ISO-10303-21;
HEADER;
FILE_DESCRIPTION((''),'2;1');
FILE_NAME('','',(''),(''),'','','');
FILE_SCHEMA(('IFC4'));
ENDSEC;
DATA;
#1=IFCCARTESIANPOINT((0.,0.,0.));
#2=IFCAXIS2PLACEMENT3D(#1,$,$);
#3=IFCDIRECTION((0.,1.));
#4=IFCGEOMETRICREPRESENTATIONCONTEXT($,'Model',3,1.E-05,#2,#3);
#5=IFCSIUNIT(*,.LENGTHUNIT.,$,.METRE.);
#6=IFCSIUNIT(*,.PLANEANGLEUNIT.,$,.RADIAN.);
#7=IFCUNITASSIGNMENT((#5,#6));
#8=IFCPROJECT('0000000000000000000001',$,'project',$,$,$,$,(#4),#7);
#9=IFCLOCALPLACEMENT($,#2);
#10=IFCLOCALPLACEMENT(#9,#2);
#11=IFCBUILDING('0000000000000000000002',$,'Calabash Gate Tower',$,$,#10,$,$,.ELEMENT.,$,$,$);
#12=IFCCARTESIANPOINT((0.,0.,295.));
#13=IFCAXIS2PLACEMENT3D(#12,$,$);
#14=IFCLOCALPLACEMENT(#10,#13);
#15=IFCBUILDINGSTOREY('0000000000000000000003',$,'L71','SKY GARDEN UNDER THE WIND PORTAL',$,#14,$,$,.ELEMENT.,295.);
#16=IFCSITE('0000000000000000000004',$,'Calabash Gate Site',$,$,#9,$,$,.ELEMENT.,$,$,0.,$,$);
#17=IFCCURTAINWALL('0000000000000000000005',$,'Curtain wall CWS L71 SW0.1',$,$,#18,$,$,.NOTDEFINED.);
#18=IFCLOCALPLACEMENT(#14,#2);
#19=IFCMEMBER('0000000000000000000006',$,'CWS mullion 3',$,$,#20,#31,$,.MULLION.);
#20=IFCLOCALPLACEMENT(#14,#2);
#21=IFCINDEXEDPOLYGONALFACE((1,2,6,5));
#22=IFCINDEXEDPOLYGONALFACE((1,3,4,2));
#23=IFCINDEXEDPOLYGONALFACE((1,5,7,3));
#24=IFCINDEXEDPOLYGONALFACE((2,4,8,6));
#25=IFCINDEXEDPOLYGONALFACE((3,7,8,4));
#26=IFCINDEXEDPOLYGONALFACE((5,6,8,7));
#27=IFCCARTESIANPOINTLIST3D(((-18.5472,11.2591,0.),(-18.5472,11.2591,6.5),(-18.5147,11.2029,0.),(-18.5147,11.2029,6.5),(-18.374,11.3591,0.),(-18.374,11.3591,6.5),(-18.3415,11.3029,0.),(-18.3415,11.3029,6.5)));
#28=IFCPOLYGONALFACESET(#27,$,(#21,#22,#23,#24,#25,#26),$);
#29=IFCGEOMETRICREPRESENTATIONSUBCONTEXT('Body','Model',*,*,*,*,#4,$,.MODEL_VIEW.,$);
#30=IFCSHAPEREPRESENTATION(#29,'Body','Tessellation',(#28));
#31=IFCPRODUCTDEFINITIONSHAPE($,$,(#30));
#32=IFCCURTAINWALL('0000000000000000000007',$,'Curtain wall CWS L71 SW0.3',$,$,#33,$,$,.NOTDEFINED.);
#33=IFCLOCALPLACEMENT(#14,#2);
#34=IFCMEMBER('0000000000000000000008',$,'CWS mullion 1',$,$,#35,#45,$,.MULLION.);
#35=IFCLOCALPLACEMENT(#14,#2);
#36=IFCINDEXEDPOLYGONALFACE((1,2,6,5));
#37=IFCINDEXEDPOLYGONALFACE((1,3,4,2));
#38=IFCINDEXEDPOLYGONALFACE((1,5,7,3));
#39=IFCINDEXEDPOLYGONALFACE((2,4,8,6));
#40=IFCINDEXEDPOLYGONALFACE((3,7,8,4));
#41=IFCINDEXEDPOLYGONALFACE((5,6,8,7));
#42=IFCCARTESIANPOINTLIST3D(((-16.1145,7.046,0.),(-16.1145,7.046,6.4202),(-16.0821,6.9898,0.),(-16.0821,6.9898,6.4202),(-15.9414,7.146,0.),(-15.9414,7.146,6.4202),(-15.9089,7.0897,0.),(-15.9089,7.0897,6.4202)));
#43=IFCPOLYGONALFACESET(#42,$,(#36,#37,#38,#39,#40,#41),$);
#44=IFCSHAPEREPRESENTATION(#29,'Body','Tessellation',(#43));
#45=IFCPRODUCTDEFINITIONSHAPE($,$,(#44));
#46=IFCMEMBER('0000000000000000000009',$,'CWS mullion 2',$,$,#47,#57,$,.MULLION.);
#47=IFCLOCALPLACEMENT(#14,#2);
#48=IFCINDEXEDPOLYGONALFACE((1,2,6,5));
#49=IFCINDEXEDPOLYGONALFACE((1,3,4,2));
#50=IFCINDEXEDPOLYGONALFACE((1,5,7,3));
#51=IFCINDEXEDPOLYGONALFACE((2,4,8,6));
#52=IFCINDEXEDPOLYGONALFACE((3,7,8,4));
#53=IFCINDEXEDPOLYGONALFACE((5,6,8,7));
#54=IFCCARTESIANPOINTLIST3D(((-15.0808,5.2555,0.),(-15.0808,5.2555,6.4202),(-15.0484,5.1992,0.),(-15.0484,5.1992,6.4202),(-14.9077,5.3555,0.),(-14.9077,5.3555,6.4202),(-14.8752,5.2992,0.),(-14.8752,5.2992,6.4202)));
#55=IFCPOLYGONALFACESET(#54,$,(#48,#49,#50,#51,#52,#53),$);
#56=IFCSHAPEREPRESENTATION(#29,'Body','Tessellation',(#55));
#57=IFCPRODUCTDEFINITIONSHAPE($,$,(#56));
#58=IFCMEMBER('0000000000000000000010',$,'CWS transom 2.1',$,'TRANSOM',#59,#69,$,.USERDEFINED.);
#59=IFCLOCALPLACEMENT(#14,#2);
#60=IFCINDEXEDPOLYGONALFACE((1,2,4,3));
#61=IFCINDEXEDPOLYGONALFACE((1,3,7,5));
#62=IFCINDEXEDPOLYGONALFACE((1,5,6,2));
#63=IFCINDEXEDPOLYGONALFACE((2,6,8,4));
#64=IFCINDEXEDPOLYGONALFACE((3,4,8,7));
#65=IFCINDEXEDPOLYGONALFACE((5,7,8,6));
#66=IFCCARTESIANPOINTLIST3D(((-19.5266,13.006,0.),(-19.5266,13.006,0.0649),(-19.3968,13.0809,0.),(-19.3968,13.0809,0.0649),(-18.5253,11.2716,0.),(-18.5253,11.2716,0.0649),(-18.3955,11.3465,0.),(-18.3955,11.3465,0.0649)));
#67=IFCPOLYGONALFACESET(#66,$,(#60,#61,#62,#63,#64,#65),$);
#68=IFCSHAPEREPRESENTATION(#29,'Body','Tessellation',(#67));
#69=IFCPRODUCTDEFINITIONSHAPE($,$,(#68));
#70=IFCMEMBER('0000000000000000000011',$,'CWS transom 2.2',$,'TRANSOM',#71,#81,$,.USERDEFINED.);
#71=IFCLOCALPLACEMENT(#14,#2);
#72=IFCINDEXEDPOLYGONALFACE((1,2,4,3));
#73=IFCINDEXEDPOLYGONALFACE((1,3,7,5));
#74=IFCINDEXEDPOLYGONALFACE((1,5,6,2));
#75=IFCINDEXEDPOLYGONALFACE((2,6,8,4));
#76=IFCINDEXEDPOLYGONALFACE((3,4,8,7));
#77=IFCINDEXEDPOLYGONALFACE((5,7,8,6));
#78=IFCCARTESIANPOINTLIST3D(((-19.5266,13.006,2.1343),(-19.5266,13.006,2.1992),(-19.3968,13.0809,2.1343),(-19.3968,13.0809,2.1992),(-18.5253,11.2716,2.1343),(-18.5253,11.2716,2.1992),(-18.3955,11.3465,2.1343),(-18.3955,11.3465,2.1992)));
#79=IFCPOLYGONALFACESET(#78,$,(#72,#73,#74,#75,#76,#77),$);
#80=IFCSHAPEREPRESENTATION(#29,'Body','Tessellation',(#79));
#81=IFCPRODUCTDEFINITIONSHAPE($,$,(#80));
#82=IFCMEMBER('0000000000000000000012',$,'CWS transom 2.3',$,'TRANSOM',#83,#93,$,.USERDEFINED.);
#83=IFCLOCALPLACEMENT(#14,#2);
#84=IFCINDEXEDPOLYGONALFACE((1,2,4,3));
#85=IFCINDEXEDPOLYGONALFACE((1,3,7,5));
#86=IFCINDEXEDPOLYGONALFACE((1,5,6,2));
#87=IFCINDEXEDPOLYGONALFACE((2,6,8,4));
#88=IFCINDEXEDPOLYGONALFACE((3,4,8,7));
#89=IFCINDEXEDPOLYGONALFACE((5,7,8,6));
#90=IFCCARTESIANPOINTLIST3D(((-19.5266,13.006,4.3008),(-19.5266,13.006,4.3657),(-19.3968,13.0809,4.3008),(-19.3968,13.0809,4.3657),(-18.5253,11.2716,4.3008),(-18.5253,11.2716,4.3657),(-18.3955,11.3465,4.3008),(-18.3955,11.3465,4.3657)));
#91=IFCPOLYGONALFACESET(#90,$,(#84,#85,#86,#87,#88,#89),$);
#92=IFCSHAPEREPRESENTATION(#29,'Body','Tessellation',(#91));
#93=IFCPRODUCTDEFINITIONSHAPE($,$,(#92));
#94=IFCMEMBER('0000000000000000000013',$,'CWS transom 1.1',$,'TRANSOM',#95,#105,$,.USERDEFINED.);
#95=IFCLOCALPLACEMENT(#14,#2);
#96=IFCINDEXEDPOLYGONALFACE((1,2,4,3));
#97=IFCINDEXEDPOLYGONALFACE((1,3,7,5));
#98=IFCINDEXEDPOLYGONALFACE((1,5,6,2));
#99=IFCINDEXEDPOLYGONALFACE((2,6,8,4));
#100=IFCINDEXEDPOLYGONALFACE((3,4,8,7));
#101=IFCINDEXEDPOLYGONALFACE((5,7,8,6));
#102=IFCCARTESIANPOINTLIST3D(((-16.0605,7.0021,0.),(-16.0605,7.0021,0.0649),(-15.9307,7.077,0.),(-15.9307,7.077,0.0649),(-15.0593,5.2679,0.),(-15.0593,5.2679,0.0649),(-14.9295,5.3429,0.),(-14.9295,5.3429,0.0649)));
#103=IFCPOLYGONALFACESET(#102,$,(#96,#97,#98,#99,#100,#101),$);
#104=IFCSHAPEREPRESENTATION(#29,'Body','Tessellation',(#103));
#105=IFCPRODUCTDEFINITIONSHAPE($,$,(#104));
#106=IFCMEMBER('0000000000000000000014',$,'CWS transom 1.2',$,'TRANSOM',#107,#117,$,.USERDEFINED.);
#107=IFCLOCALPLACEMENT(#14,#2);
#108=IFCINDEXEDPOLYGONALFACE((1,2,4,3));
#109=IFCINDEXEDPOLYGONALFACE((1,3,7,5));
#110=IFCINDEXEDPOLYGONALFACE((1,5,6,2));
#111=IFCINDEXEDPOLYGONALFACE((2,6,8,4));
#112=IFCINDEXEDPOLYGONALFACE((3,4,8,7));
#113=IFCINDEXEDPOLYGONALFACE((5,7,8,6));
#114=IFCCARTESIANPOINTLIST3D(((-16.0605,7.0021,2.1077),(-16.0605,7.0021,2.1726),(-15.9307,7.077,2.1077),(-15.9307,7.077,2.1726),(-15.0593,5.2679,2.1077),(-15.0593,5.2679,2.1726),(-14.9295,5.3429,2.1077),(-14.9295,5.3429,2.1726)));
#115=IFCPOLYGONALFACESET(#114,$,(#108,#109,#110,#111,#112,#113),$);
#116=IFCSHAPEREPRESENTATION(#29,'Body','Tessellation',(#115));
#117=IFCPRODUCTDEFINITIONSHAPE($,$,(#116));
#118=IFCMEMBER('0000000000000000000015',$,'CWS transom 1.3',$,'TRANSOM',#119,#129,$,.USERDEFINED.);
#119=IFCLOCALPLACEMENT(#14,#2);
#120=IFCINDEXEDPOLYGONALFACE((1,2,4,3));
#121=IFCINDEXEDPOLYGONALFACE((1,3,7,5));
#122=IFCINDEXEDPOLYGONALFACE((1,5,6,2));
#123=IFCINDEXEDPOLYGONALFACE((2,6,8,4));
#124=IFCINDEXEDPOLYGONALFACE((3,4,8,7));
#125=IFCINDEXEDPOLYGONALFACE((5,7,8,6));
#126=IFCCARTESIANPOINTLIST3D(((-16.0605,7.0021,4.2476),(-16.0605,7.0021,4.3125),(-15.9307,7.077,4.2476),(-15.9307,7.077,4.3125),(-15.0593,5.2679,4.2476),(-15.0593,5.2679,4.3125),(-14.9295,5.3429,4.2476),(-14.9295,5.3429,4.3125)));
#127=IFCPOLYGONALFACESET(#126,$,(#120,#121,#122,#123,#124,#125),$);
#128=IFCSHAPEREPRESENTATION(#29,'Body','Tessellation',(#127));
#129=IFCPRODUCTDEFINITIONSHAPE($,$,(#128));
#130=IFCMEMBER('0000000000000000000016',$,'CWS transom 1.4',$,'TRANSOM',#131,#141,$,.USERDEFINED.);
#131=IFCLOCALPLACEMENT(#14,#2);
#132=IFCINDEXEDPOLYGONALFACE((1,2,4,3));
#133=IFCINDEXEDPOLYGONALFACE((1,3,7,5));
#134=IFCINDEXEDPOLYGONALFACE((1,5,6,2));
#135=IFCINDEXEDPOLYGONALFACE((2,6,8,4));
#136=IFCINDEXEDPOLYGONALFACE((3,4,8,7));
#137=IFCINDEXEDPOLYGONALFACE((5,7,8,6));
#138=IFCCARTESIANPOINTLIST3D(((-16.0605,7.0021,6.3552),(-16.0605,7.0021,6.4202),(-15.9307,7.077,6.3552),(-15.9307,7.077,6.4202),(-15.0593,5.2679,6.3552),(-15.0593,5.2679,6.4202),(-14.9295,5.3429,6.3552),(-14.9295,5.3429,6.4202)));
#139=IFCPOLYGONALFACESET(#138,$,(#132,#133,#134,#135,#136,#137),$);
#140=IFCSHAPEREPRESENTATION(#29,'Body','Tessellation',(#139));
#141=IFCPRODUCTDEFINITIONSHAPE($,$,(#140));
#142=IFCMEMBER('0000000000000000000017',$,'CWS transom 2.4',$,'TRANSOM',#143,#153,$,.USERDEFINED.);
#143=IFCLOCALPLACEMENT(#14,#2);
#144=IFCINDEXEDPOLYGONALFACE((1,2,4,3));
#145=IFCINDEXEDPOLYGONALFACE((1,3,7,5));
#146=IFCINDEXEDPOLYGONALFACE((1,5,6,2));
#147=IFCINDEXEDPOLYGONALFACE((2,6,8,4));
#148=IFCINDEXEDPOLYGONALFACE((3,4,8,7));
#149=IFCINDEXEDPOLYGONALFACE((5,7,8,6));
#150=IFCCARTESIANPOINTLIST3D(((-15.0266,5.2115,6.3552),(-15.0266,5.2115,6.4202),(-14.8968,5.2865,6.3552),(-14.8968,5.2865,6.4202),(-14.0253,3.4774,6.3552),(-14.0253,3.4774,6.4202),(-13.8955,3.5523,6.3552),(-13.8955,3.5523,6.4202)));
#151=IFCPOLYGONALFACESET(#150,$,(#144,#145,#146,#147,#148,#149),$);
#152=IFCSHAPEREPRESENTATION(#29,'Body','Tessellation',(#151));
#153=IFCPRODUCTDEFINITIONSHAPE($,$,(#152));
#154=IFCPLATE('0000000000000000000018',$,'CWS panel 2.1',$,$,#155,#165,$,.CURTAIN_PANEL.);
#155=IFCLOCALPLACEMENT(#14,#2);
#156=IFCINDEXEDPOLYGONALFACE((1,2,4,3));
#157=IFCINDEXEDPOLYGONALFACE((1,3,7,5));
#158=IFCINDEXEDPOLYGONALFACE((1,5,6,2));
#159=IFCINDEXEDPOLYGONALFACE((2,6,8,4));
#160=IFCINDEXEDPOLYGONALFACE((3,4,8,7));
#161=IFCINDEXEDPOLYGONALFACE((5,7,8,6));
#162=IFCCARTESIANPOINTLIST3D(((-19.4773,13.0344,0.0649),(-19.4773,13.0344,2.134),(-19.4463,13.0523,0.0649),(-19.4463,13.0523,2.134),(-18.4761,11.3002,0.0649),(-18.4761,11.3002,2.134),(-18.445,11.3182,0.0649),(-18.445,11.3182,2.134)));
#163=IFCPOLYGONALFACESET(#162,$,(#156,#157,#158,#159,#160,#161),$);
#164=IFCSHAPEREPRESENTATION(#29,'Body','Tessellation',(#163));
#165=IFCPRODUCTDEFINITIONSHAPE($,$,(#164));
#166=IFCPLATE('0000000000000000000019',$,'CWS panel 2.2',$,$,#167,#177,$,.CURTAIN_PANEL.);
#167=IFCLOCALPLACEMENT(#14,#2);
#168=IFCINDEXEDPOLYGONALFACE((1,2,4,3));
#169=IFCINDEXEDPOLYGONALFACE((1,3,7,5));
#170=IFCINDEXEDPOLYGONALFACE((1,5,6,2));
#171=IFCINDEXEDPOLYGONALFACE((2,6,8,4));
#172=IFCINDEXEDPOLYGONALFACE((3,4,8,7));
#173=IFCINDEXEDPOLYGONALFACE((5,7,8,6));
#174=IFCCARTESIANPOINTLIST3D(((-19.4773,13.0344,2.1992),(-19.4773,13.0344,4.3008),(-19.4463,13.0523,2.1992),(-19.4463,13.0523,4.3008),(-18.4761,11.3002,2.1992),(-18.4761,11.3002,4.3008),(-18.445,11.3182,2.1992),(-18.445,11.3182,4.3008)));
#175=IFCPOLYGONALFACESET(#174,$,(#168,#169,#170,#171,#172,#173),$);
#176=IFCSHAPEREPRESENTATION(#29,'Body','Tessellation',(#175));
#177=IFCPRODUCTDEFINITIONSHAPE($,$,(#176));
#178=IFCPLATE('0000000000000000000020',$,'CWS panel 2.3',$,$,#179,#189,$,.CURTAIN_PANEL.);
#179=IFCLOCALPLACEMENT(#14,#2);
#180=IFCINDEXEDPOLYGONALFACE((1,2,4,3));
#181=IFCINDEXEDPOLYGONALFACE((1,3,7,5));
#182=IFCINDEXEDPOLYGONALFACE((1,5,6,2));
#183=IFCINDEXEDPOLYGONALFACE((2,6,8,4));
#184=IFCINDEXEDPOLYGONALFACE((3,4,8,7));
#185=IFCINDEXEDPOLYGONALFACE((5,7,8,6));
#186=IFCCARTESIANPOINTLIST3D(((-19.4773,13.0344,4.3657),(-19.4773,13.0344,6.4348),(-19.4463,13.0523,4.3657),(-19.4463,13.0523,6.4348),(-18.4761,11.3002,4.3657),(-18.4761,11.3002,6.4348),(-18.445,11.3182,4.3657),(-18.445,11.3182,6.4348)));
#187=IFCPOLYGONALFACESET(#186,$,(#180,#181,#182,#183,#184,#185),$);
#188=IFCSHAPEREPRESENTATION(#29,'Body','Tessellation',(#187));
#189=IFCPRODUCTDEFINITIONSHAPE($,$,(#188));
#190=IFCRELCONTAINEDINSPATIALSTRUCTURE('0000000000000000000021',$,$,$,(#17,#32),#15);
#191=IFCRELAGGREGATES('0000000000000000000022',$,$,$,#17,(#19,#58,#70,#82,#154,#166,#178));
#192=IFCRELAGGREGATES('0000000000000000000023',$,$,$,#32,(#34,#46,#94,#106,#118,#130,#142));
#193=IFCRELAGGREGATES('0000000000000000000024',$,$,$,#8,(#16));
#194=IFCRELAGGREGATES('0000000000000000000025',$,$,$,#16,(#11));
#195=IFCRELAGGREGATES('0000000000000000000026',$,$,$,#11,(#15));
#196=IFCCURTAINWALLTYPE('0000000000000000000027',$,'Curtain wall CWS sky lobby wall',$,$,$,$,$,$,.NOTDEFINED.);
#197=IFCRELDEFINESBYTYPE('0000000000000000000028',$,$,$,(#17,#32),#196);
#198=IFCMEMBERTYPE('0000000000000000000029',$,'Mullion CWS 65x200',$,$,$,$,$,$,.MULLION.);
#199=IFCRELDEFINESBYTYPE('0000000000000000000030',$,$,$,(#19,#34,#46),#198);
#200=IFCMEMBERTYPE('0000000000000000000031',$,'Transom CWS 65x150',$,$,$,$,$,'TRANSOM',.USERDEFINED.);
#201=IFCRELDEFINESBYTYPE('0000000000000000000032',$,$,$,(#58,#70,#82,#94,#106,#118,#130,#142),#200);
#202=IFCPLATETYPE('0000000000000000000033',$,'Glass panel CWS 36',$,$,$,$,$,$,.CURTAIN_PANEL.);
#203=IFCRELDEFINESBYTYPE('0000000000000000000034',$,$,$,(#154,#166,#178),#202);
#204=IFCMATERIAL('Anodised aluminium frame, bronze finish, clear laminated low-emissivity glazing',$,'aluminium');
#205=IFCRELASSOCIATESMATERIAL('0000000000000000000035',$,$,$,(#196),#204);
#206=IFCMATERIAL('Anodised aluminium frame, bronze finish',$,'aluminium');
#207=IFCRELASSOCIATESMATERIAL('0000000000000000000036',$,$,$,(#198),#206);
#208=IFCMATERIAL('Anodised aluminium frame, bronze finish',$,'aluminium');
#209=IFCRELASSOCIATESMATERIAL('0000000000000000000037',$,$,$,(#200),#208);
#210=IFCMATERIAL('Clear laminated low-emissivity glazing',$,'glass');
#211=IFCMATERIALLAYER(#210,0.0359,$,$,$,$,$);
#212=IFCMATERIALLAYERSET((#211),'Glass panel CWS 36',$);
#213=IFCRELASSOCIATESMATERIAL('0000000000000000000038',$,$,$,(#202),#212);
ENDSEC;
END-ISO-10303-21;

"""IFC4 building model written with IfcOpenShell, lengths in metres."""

from ifc_helpers import new_model, si_unit, direction, frame, origin, origin_2d, place, context, subcontext, project, spatial, rectangle, extrude, material, layer, layer_set, material_profile, profile_set, type_object, element, aggregate, save


model = new_model("IFC4")

# Units and contexts
model_context = context("Model", 3, precision=1e-05, world=origin(), true_north=direction((0.0, 1.0)))
body_context = subcontext(model_context, "Body", "Model", "MODEL_VIEW")
ifc_project = project(units=[si_unit("LENGTHUNIT", "METRE"), si_unit("PLANEANGLEUNIT", "RADIAN")], contexts=[model_context])

# Site, building, storey
site_placement = place(None, origin())
site = spatial("IfcSite", under=ifc_project, at=site_placement, Name="Calabash Gate Site", CompositionType="ELEMENT", RefElevation=0.0)
building_placement = place(site_placement, origin())
building = spatial("IfcBuilding", under=site, at=building_placement, Name="Calabash Gate Tower", CompositionType="ELEMENT")
storey_placement = place(building_placement, frame((0.0, 0.0, 295.0)))
storey = spatial("IfcBuildingStorey", under=building, at=storey_placement, Name="L71", Description="SKY GARDEN UNDER THE WIND PORTAL", CompositionType="ELEMENT", Elevation=295.0)

# Curtain wall, member
ifc_material_1 = material(Name="Anodised aluminium frame, bronze finish, clear laminated low-emissivity glazing", Category="aluminium")
curtain_wall_type = type_object("IfcCurtainWallType", Name="Curtain wall CWS sky lobby wall", PredefinedType="NOTDEFINED", material=ifc_material_1)
curtain_wall_1_placement = place(storey_placement, origin())
curtain_wall_1 = element("IfcCurtainWall", 1, at=curtain_wall_1_placement, inside=storey, type_object=curtain_wall_type, Name="Curtain wall CWS L71 SW0.1", PredefinedType="NOTDEFINED")
ifc_material_2 = material(Name="Anodised aluminium frame, bronze finish", Category="aluminium")
ifc_material_profile_1 = material_profile(ifc_material_2, rectangle(XDim=0.2, YDim=0.0649, at=origin_2d()))
ifc_profile_set_1 = profile_set([ifc_material_profile_1], Name="Anodised aluminium frame, bronze finish")
member_type_1 = type_object("IfcMemberType", Name="Mullion CWS 65x200", PredefinedType="MULLION", material=ifc_profile_set_1)
member_1_placement = place(storey_placement, frame((-18.4443, 11.281, 0.0), z_axis=(0.0, 0.0, 1.0), x_axis=(0.866025, 0.5, 0.0)))
member_1 = element("IfcMember", 2, at=member_1_placement, type_object=member_type_1, Name="CWS mullion 3", PredefinedType="MULLION", context=body_context, shape_type="SweptSolid", body=[
    extrude(rectangle(XDim=0.2, YDim=0.0649, at=origin_2d()), origin(), (0.0, 0.0, 1.0), 6.5),
])

# Curtain wall, members
curtain_wall_2_placement = place(storey_placement, origin())
curtain_wall_2 = element("IfcCurtainWall", 3, at=curtain_wall_2_placement, inside=storey, type_object=curtain_wall_type, Name="Curtain wall CWS L71 SW0.3", PredefinedType="NOTDEFINED")
member_2_placement = place(storey_placement, frame((-16.0117, 7.0679, 0.0), z_axis=(0.0, 0.0, 1.0), x_axis=(0.866025, 0.5, 0.0)))
member_2 = element("IfcMember", 4, at=member_2_placement, type_object=member_type_1, Name="CWS mullion 1", PredefinedType="MULLION", context=body_context, shape_type="SweptSolid", body=[
    extrude(rectangle(XDim=0.2, YDim=0.0649, at=origin_2d()), origin(), (0.0, 0.0, 1.0), 6.4202),
])
member_3_placement = place(storey_placement, frame((-14.978, 5.2773, 0.0), z_axis=(0.0, 0.0, 1.0), x_axis=(0.866025, 0.5, 0.0)))
member_3 = element("IfcMember", 5, at=member_3_placement, type_object=member_type_1, Name="CWS mullion 2", PredefinedType="MULLION", context=body_context, shape_type="SweptSolid", body=[
    extrude(rectangle(XDim=0.2, YDim=0.0649, at=origin_2d()), origin(), (0.0, 0.0, 1.0), 6.4202),
])

# Members
ifc_material_3 = material(Name="Anodised aluminium frame, bronze finish", Category="aluminium")
ifc_material_profile_2 = material_profile(ifc_material_3, rectangle(XDim=0.1499, YDim=0.0649, at=origin_2d()))
ifc_profile_set_2 = profile_set([ifc_material_profile_2], Name="Anodised aluminium frame, bronze finish")
member_type_2 = type_object("IfcMemberType", Name="Transom CWS 65x150", ElementType="TRANSOM", PredefinedType="USERDEFINED", material=ifc_profile_set_2)
member_4_placement = place(storey_placement, frame((-19.4617, 13.0435, 0.0325), z_axis=(0.499955, -0.866052, 0.0), x_axis=(0.866052, 0.499955, 0.0)))
member_4 = element("IfcMember", 6, at=member_4_placement, type_object=member_type_2, Name="CWS transom 2.1", ObjectType="TRANSOM", PredefinedType="USERDEFINED", context=body_context, shape_type="SweptSolid", body=[
    extrude(rectangle(XDim=0.1499, YDim=0.0649, at=origin_2d()), origin(), (0.0, 0.0, 1.0), 2.0027),
])
member_5_placement = place(storey_placement, frame((-19.4617, 13.0435, 2.1667), z_axis=(0.499955, -0.866052, 0.0), x_axis=(0.866052, 0.499955, 0.0)))
member_5 = element("IfcMember", 7, at=member_5_placement, type_object=member_type_2, Name="CWS transom 2.2", ObjectType="TRANSOM", PredefinedType="USERDEFINED", context=body_context, shape_type="SweptSolid", body=[
    extrude(rectangle(XDim=0.1499, YDim=0.0649, at=origin_2d()), origin(), (0.0, 0.0, 1.0), 2.0027),
])
member_6_placement = place(storey_placement, frame((-19.4617, 13.0435, 4.3333), z_axis=(0.499955, -0.866052, 0.0), x_axis=(0.866052, 0.499955, 0.0)))
member_6 = element("IfcMember", 8, at=member_6_placement, type_object=member_type_2, Name="CWS transom 2.3", ObjectType="TRANSOM", PredefinedType="USERDEFINED", context=body_context, shape_type="SweptSolid", body=[
    extrude(rectangle(XDim=0.1499, YDim=0.0649, at=origin_2d()), origin(), (0.0, 0.0, 1.0), 2.0027),
])
member_7_placement = place(storey_placement, frame((-15.9956, 7.0396, 0.0325), z_axis=(0.500007, -0.866021, 0.0), x_axis=(0.866021, 0.500007, 0.0)))
member_7 = element("IfcMember", 9, at=member_7_placement, type_object=member_type_2, Name="CWS transom 1.1", ObjectType="TRANSOM", PredefinedType="USERDEFINED", context=body_context, shape_type="SweptSolid", body=[
    extrude(rectangle(XDim=0.1499, YDim=0.0649, at=origin_2d()), origin(), (0.0, 0.0, 1.0), 2.0024),
])
member_8_placement = place(storey_placement, frame((-15.9956, 7.0396, 2.1401), z_axis=(0.500007, -0.866021, 0.0), x_axis=(0.866021, 0.500007, 0.0)))
member_8 = element("IfcMember", 10, at=member_8_placement, type_object=member_type_2, Name="CWS transom 1.2", ObjectType="TRANSOM", PredefinedType="USERDEFINED", context=body_context, shape_type="SweptSolid", body=[
    extrude(rectangle(XDim=0.1499, YDim=0.0649, at=origin_2d()), origin(), (0.0, 0.0, 1.0), 2.0024),
])
member_9_placement = place(storey_placement, frame((-15.9956, 7.0396, 4.28), z_axis=(0.500007, -0.866021, 0.0), x_axis=(0.866021, 0.500007, 0.0)))
member_9 = element("IfcMember", 11, at=member_9_placement, type_object=member_type_2, Name="CWS transom 1.3", ObjectType="TRANSOM", PredefinedType="USERDEFINED", context=body_context, shape_type="SweptSolid", body=[
    extrude(rectangle(XDim=0.1499, YDim=0.0649, at=origin_2d()), origin(), (0.0, 0.0, 1.0), 2.0024),
])
member_10_placement = place(storey_placement, frame((-15.9956, 7.0396, 6.3877), z_axis=(0.500007, -0.866021, 0.0), x_axis=(0.866021, 0.500007, 0.0)))
member_10 = element("IfcMember", 12, at=member_10_placement, type_object=member_type_2, Name="CWS transom 1.4", ObjectType="TRANSOM", PredefinedType="USERDEFINED", context=body_context, shape_type="SweptSolid", body=[
    extrude(rectangle(XDim=0.1499, YDim=0.0649, at=origin_2d()), origin(), (0.0, 0.0, 1.0), 2.0024),
])
member_11_placement = place(storey_placement, frame((-14.9617, 5.249, 6.3877), z_axis=(0.500007, -0.866021, 0.0), x_axis=(0.866021, 0.500007, 0.0)))
member_11 = element("IfcMember", 13, at=member_11_placement, type_object=member_type_2, Name="CWS transom 2.4", ObjectType="TRANSOM", PredefinedType="USERDEFINED", context=body_context, shape_type="SweptSolid", body=[
    extrude(rectangle(XDim=0.1499, YDim=0.0649, at=origin_2d()), origin(), (0.0, 0.0, 1.0), 2.0024),
])

# Plates
ifc_material_4 = material(Name="Clear laminated low-emissivity glazing", Category="glass")
ifc_layer_1 = layer(ifc_material_4, 0.0359)
ifc_layer_set_1 = layer_set([ifc_layer_1], Name="Glass panel CWS 36")
plate_type = type_object("IfcPlateType", Name="Glass panel CWS 36", PredefinedType="CURTAIN_PANEL", material=ifc_layer_set_1)
plate_1_placement = place(storey_placement, frame((-18.9612, 12.1763, 0.0649), z_axis=(0.0, 0.0, 1.0), x_axis=(0.5, -0.866025, 0.0)))
plate_1 = element("IfcPlate", 14, at=plate_1_placement, type_object=plate_type, Name="CWS panel 2.1", PredefinedType="CURTAIN_PANEL", context=body_context, shape_type="SweptSolid", body=[
    extrude(rectangle(XDim=2.0024, YDim=0.0359, at=origin_2d()), origin(), (0.0, 0.0, 1.0), 2.0691),
])
plate_2_placement = place(storey_placement, frame((-18.9612, 12.1763, 2.1992), z_axis=(0.0, 0.0, 1.0), x_axis=(0.5, -0.866025, 0.0)))
plate_2 = element("IfcPlate", 15, at=plate_2_placement, type_object=plate_type, Name="CWS panel 2.2", PredefinedType="CURTAIN_PANEL", context=body_context, shape_type="SweptSolid", body=[
    extrude(rectangle(XDim=2.0024, YDim=0.0359, at=origin_2d()), origin(), (0.0, 0.0, 1.0), 2.1016),
])
plate_3_placement = place(storey_placement, frame((-18.9612, 12.1763, 4.3657), z_axis=(0.0, 0.0, 1.0), x_axis=(0.5, -0.866025, 0.0)))
plate_3 = element("IfcPlate", 16, at=plate_3_placement, type_object=plate_type, Name="CWS panel 2.3", PredefinedType="CURTAIN_PANEL", context=body_context, shape_type="SweptSolid", body=[
    extrude(rectangle(XDim=2.0024, YDim=0.0359, at=origin_2d()), origin(), (0.0, 0.0, 1.0), 2.0691),
])
aggregate(curtain_wall_1, [member_1, member_4, member_5, member_6, plate_1, plate_2, plate_3])
aggregate(curtain_wall_2, [member_2, member_3, member_7, member_8, member_9, member_10, member_11])

save(model, "model.ifc")
